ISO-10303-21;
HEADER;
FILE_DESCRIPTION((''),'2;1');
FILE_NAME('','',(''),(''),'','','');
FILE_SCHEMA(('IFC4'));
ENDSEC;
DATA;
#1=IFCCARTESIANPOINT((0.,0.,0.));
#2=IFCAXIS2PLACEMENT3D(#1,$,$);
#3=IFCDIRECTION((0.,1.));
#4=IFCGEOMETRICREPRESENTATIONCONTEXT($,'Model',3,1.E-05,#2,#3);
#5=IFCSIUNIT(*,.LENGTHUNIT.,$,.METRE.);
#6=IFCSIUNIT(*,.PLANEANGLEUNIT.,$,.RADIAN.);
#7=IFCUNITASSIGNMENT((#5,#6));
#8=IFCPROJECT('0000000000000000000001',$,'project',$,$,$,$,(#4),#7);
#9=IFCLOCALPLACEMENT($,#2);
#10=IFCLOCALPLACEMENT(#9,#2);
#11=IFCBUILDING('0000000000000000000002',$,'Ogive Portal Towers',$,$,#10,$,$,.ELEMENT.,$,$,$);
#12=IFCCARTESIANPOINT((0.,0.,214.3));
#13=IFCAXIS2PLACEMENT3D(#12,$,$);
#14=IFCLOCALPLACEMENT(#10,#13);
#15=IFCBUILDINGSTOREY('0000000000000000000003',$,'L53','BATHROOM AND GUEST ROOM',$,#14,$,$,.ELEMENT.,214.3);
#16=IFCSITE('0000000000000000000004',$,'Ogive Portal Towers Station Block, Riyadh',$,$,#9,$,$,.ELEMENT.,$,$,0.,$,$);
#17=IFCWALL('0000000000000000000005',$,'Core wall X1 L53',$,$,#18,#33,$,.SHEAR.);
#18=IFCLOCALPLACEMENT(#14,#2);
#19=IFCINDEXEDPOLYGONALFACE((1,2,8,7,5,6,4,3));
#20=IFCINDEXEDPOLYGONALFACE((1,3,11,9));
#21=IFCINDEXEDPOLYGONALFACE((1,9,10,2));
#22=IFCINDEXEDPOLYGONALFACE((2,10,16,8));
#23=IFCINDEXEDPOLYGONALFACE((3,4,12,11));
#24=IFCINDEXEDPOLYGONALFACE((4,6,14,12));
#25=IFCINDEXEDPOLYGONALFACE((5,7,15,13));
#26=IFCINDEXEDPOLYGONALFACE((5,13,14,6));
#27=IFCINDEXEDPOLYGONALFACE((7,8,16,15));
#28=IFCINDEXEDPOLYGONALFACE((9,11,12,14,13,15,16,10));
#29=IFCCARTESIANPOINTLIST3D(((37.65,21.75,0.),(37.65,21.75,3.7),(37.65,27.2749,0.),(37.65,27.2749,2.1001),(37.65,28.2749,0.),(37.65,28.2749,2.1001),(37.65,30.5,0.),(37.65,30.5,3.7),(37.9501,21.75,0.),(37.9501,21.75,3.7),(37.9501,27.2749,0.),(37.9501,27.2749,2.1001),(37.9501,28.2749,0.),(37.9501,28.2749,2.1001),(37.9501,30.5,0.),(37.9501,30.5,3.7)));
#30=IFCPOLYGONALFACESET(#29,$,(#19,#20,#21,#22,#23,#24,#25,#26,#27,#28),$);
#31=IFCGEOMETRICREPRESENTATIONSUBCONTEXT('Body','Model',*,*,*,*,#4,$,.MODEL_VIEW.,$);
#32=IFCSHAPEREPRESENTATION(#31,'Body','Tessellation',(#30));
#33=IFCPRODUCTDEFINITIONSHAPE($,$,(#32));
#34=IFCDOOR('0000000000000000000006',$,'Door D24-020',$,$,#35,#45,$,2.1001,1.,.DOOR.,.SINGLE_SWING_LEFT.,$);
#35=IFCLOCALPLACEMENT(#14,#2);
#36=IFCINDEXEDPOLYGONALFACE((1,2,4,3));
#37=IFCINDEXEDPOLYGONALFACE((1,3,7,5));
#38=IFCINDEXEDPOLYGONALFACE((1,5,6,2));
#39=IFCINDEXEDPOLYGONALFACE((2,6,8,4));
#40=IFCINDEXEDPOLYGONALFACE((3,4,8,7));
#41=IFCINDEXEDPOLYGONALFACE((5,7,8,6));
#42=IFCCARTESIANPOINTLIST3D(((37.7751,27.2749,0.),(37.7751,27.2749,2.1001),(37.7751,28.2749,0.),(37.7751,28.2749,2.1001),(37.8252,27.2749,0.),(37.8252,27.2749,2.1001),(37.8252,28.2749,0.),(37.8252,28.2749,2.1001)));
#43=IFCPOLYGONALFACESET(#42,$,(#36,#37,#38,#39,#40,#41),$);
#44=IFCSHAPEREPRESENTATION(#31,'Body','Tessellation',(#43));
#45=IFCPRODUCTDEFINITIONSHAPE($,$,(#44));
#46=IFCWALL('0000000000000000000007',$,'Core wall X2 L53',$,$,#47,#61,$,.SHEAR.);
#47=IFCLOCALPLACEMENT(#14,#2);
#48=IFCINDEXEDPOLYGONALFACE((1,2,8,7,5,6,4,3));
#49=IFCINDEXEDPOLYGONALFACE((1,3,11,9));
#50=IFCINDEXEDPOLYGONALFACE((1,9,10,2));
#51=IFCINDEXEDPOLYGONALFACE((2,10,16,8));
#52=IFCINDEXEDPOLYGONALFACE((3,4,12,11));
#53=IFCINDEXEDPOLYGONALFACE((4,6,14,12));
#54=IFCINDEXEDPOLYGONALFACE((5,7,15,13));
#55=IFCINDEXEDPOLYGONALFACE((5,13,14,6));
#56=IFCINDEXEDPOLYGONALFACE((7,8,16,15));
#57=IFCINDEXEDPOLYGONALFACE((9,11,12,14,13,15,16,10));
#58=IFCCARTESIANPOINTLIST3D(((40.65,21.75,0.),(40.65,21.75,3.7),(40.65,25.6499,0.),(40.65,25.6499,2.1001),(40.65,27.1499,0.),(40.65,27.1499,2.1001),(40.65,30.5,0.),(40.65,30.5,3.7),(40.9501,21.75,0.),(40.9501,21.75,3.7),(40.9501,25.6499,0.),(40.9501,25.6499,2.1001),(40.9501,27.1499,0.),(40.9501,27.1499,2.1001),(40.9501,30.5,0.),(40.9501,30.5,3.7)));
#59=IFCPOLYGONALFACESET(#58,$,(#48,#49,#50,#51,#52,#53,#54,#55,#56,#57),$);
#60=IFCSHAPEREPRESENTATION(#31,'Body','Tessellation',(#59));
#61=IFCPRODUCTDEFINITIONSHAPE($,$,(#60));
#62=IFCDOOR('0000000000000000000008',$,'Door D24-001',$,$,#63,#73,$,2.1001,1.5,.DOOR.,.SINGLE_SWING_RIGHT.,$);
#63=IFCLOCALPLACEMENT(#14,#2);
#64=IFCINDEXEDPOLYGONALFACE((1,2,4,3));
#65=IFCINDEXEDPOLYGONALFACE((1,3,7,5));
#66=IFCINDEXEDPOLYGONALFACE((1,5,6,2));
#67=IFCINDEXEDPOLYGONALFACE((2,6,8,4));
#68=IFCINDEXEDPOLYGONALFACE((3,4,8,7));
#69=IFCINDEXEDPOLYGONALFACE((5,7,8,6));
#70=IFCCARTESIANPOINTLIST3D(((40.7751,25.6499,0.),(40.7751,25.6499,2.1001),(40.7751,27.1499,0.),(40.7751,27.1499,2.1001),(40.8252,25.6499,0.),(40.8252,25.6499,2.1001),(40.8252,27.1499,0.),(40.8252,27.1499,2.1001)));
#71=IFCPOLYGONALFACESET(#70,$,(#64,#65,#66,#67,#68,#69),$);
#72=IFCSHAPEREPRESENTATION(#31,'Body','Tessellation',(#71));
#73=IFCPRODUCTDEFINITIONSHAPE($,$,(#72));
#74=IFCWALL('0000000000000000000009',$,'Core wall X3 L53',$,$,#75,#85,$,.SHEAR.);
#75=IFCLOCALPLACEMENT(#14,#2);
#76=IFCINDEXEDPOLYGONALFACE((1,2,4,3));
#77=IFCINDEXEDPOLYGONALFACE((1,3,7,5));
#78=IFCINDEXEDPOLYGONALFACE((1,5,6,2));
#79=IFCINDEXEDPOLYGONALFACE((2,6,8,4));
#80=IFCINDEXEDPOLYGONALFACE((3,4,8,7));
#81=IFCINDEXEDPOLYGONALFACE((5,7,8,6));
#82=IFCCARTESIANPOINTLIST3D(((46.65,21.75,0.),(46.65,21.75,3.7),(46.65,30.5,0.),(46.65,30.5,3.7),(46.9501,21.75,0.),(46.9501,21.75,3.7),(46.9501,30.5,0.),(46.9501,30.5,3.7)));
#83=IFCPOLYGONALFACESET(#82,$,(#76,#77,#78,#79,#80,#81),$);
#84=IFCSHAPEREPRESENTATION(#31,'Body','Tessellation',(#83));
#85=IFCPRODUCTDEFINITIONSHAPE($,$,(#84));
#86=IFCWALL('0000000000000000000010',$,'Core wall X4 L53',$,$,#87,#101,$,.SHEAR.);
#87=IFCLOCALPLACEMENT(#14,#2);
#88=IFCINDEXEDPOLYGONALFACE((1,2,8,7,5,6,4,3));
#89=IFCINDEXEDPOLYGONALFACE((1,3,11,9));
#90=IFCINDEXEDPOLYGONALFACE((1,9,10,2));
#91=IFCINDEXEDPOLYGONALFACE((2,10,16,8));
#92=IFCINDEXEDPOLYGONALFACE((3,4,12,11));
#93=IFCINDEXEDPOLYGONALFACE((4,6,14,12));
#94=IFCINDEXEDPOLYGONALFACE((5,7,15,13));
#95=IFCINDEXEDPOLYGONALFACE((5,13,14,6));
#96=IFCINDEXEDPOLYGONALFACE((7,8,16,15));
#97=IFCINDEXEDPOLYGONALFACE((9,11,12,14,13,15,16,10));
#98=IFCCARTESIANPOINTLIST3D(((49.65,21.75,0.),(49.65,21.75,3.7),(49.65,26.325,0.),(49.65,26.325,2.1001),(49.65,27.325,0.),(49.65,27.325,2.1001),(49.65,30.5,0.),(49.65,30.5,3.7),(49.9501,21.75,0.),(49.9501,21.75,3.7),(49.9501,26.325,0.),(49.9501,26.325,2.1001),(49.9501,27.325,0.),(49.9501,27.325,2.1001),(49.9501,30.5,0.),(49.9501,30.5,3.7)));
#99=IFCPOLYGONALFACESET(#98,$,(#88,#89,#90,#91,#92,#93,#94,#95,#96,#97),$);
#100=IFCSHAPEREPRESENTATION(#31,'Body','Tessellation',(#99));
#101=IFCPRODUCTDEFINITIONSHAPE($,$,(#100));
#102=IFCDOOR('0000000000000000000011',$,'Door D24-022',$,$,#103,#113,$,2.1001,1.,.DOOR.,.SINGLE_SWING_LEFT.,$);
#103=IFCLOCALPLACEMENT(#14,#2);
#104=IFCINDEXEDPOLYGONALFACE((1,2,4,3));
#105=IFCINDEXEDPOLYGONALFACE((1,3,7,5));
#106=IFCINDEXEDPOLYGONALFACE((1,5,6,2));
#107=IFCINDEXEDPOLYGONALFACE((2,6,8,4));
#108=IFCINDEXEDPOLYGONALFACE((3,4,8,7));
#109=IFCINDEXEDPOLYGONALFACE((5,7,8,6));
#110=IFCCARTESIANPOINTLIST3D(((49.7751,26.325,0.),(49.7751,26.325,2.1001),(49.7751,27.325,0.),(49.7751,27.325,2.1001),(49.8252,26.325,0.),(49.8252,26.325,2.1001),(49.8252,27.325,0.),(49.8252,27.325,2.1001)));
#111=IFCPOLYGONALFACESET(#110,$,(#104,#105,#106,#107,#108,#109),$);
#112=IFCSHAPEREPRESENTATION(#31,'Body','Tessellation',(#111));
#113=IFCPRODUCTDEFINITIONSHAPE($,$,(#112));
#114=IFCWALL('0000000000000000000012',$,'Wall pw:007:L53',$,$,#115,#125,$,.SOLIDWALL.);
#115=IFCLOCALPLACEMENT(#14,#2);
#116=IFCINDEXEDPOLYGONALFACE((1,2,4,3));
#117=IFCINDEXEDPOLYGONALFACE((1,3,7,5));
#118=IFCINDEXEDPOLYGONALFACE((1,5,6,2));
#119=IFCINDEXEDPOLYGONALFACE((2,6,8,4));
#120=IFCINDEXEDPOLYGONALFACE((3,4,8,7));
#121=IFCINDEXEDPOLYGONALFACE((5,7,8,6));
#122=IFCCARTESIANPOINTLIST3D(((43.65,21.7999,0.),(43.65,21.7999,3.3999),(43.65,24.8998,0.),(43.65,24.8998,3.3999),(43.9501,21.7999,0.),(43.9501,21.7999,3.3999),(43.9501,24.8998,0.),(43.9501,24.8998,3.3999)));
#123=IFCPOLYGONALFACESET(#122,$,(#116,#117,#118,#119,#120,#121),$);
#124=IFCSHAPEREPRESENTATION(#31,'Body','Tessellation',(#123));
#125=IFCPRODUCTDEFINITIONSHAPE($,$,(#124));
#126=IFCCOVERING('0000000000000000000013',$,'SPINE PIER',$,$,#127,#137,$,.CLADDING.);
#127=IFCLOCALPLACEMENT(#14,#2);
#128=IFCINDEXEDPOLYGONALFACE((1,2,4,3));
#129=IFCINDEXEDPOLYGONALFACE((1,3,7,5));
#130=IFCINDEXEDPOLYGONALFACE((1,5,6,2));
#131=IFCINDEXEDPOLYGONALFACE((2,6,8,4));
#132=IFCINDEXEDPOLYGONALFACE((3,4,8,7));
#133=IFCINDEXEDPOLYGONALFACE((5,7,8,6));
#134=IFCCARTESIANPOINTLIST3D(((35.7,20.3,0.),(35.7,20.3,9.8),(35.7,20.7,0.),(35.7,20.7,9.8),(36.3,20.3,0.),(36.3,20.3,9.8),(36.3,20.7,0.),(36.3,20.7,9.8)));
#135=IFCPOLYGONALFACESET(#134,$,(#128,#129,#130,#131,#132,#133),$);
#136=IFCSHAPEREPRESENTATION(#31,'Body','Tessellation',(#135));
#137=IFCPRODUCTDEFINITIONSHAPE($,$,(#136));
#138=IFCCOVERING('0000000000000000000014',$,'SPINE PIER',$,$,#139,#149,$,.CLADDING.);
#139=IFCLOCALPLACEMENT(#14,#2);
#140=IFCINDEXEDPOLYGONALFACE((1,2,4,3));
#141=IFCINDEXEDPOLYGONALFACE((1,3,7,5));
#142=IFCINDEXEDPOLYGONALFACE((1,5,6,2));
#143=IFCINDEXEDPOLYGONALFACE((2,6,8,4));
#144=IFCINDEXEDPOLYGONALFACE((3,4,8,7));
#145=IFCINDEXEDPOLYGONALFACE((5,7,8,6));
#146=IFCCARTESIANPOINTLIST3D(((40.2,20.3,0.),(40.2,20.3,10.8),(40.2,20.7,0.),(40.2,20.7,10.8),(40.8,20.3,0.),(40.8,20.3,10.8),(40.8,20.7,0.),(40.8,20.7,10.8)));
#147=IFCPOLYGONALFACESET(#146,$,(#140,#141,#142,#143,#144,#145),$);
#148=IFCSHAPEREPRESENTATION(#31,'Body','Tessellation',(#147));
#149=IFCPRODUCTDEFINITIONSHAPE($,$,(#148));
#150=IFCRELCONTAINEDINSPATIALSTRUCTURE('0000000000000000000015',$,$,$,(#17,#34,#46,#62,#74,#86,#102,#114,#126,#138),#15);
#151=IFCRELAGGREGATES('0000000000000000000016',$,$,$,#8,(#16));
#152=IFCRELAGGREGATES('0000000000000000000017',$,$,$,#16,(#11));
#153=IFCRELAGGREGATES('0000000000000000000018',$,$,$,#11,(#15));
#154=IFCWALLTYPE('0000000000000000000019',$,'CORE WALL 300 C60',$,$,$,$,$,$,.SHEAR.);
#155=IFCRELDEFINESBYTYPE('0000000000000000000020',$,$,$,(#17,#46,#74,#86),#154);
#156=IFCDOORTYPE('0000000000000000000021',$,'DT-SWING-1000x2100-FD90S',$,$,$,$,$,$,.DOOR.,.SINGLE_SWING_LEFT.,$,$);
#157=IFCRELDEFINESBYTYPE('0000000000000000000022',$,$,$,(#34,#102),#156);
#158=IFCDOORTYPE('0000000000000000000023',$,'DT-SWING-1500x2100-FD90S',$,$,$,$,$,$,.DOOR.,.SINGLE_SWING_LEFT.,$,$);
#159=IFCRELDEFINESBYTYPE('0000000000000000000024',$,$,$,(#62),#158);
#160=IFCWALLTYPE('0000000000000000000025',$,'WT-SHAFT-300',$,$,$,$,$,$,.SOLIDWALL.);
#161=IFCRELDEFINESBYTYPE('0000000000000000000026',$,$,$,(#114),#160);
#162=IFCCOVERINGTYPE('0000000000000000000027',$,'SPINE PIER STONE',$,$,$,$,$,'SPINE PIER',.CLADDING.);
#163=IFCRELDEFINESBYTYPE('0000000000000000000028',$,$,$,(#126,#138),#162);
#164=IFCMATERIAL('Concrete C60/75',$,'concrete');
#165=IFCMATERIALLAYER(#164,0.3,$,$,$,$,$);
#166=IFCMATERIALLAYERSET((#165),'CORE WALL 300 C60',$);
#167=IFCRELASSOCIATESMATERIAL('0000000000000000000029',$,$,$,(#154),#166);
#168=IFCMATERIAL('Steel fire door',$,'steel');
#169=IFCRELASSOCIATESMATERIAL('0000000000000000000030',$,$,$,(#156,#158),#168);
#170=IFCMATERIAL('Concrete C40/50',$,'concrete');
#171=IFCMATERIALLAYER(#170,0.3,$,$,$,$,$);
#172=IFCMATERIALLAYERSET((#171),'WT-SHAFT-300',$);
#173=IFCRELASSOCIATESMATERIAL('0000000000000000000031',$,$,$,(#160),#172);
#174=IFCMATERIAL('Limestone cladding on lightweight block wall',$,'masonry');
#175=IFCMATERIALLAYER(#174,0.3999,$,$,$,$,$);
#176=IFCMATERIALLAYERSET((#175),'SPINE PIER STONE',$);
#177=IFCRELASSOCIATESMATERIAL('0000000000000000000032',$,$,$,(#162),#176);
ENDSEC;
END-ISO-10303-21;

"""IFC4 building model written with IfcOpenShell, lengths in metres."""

from ifc_helpers import new_model, si_unit, direction, frame, frame_2d, origin, origin_2d, place, context, subcontext, project, spatial, rectangle, extrude, material, layer, layer_set, type_object, element, fill, save


model = new_model("IFC4")

# Units and contexts
model_context = context("Model", 3, precision=1e-05, world=origin(), true_north=direction((0.0, 1.0)))
body_context = subcontext(model_context, "Body", "Model", "MODEL_VIEW")
ifc_project = project(units=[si_unit("LENGTHUNIT", "METRE"), si_unit("PLANEANGLEUNIT", "RADIAN")], contexts=[model_context])

# Site, building, storey
site_placement = place(None, origin())
site = spatial("IfcSite", under=ifc_project, at=site_placement, Name="Ogive Portal Towers Station Block, Riyadh", CompositionType="ELEMENT", RefElevation=0.0)
building_placement = place(site_placement, origin())
building = spatial("IfcBuilding", under=site, at=building_placement, Name="Ogive Portal Towers", CompositionType="ELEMENT")
storey_placement = place(building_placement, frame((0.0, 0.0, 214.3)))
storey = spatial("IfcBuildingStorey", under=building, at=storey_placement, Name="L53", Description="BATHROOM AND GUEST ROOM", CompositionType="ELEMENT", Elevation=214.3)

# Walls, openings, doors
ifc_material_1 = material(Name="Concrete C60/75", Category="concrete")
ifc_layer_1 = layer(ifc_material_1, 0.3)
ifc_layer_set_1 = layer_set([ifc_layer_1], Name="CORE WALL 300 C60")
wall_type_1 = type_object("IfcWallType", Name="CORE WALL 300 C60", PredefinedType="SHEAR", material=ifc_layer_set_1)
wall_1_placement = place(storey_placement, frame((37.8, 21.75, 0.0), z_axis=(0.0, 0.0, 1.0), x_axis=(0.0, 1.0, 0.0)))
wall_1 = element("IfcWall", 1, at=wall_1_placement, inside=storey, type_object=wall_type_1, Name="Core wall X1 L53", PredefinedType="SHEAR", context=body_context, shape_type="SweptSolid", body=[
    extrude(rectangle(XDim=8.75, YDim=0.3, at=frame_2d((4.375, 0.0))), origin(), (0.0, 0.0, 1.0), 3.7),
])
opening_1_placement = place(wall_1_placement, frame((5.5249, 0.0, 0.0)))
opening_1 = element("IfcOpeningElement", 2, at=opening_1_placement, cuts=wall_1, PredefinedType="OPENING", context=body_context, shape_type="SweptSolid", body=[
    extrude(rectangle(XDim=1.0, YDim=2.1001, at=frame_2d((0.5, 1.05))), frame((0.0, 0.1602, 0.0), z_axis=(0.0, -1.0, 0.0), x_axis=(1.0, 0.0, 0.0)), (0.0, 0.0, 1.0), 0.3201),
])
ifc_material_2 = material(Name="Steel fire door", Category="steel")
door_type_1 = type_object("IfcDoorType", Name="DT-SWING-1000x2100-FD90S", OperationType="SINGLE_SWING_LEFT", PredefinedType="DOOR", material=ifc_material_2)
door_1_placement = place(opening_1_placement, origin())
door_1 = element("IfcDoor", 3, at=door_1_placement, inside=storey, type_object=door_type_1, Name="Door D24-020", OperationType="SINGLE_SWING_LEFT", OverallHeight=2.1001, OverallWidth=1.0, PredefinedType="DOOR", context=body_context, shape_type="SweptSolid", body=[
    extrude(rectangle(XDim=1.0, YDim=2.1001, at=frame_2d((0.5, 1.05))), frame((0.0, 0.0249, 0.0), z_axis=(0.0, -1.0, 0.0), x_axis=(1.0, 0.0, 0.0)), (0.0, 0.0, 1.0), 0.05),
])
fill(opening_1, door_1)
wall_2_placement = place(storey_placement, frame((40.8, 21.75, 0.0), z_axis=(0.0, 0.0, 1.0), x_axis=(0.0, 1.0, 0.0)))
wall_2 = element("IfcWall", 4, at=wall_2_placement, inside=storey, type_object=wall_type_1, Name="Core wall X2 L53", PredefinedType="SHEAR", context=body_context, shape_type="SweptSolid", body=[
    extrude(rectangle(XDim=8.75, YDim=0.3, at=frame_2d((4.375, 0.0))), origin(), (0.0, 0.0, 1.0), 3.7),
])
opening_2_placement = place(wall_2_placement, frame((3.8999, 0.0, 0.0)))
opening_2 = element("IfcOpeningElement", 5, at=opening_2_placement, cuts=wall_2, PredefinedType="OPENING", context=body_context, shape_type="SweptSolid", body=[
    extrude(rectangle(XDim=1.5, YDim=2.1001, at=frame_2d((0.75, 1.05))), frame((0.0, 0.1602, 0.0), z_axis=(0.0, -1.0, 0.0), x_axis=(1.0, 0.0, 0.0)), (0.0, 0.0, 1.0), 0.3201),
])
door_type_2 = type_object("IfcDoorType", Name="DT-SWING-1500x2100-FD90S", OperationType="SINGLE_SWING_LEFT", PredefinedType="DOOR", material=ifc_material_2)
door_2_placement = place(opening_2_placement, origin())
door_2 = element("IfcDoor", 6, at=door_2_placement, inside=storey, type_object=door_type_2, Name="Door D24-001", OperationType="SINGLE_SWING_RIGHT", OverallHeight=2.1001, OverallWidth=1.5, PredefinedType="DOOR", context=body_context, shape_type="SweptSolid", body=[
    extrude(rectangle(XDim=1.5, YDim=2.1001, at=frame_2d((0.75, 1.05))), frame((0.0, 0.0249, 0.0), z_axis=(0.0, -1.0, 0.0), x_axis=(1.0, 0.0, 0.0)), (0.0, 0.0, 1.0), 0.05),
])
fill(opening_2, door_2)

# Wall
wall_3_placement = place(storey_placement, frame((46.8, 21.75, 0.0), z_axis=(0.0, 0.0, 1.0), x_axis=(0.0, 1.0, 0.0)))
element("IfcWall", 7, at=wall_3_placement, inside=storey, type_object=wall_type_1, Name="Core wall X3 L53", PredefinedType="SHEAR", context=body_context, shape_type="SweptSolid", body=[
    extrude(rectangle(XDim=8.75, YDim=0.3, at=frame_2d((4.375, 0.0))), origin(), (0.0, 0.0, 1.0), 3.7),
])

# Wall, opening, door
wall_4_placement = place(storey_placement, frame((49.8, 21.75, 0.0), z_axis=(0.0, 0.0, 1.0), x_axis=(0.0, 1.0, 0.0)))
wall_4 = element("IfcWall", 8, at=wall_4_placement, inside=storey, type_object=wall_type_1, Name="Core wall X4 L53", PredefinedType="SHEAR", context=body_context, shape_type="SweptSolid", body=[
    extrude(rectangle(XDim=8.75, YDim=0.3, at=frame_2d((4.375, 0.0))), origin(), (0.0, 0.0, 1.0), 3.7),
])
opening_3_placement = place(wall_4_placement, frame((4.575, 0.0, 0.0)))
opening_3 = element("IfcOpeningElement", 9, at=opening_3_placement, cuts=wall_4, PredefinedType="OPENING", context=body_context, shape_type="SweptSolid", body=[
    extrude(rectangle(XDim=1.0, YDim=2.1001, at=frame_2d((0.5, 1.05))), frame((0.0, 0.1602, 0.0), z_axis=(0.0, -1.0, 0.0), x_axis=(1.0, 0.0, 0.0)), (0.0, 0.0, 1.0), 0.3201),
])
door_3_placement = place(opening_3_placement, origin())
door_3 = element("IfcDoor", 10, at=door_3_placement, inside=storey, type_object=door_type_1, Name="Door D24-022", OperationType="SINGLE_SWING_LEFT", OverallHeight=2.1001, OverallWidth=1.0, PredefinedType="DOOR", context=body_context, shape_type="SweptSolid", body=[
    extrude(rectangle(XDim=1.0, YDim=2.1001, at=frame_2d((0.5, 1.05))), frame((0.0, 0.0249, 0.0), z_axis=(0.0, -1.0, 0.0), x_axis=(1.0, 0.0, 0.0)), (0.0, 0.0, 1.0), 0.05),
])
fill(opening_3, door_3)

# Shared definitions
ifc_material_3 = material(Name="Concrete C40/50", Category="concrete")
ifc_layer_2 = layer(ifc_material_3, 0.3)
ifc_layer_set_2 = layer_set([ifc_layer_2], Name="WT-SHAFT-300")
wall_type_2 = type_object("IfcWallType", Name="WT-SHAFT-300", PredefinedType="SOLIDWALL", material=ifc_layer_set_2)

# Wall
wall_5_placement = place(storey_placement, frame((43.8, 21.8, 0.0), z_axis=(0.0, 0.0, 1.0), x_axis=(0.0, 1.0, 0.0)))
element("IfcWall", 11, at=wall_5_placement, inside=storey, type_object=wall_type_2, Name="Wall pw:007:L53", PredefinedType="SOLIDWALL", context=body_context, shape_type="SweptSolid", body=[
    extrude(rectangle(XDim=3.0999, YDim=0.3, at=frame_2d((1.5498, 0.0))), origin(), (0.0, 0.0, 1.0), 3.3999),
])

# Coverings
ifc_material_4 = material(Name="Limestone cladding on lightweight block wall", Category="masonry")
ifc_layer_3 = layer(ifc_material_4, 0.3999)
ifc_layer_set_3 = layer_set([ifc_layer_3], Name="SPINE PIER STONE")
covering_type = type_object("IfcCoveringType", Name="SPINE PIER STONE", ElementType="SPINE PIER", PredefinedType="CLADDING", material=ifc_layer_set_3)
covering_1_placement = place(storey_placement, frame((36.0, 20.5, 0.0), z_axis=(0.0, 0.0, 1.0), x_axis=(1.0, 0.0, 0.0)))
element("IfcCovering", 12, at=covering_1_placement, inside=storey, type_object=covering_type, Name="SPINE PIER", PredefinedType="CLADDING", context=body_context, shape_type="SweptSolid", body=[
    extrude(rectangle(XDim=0.6001, YDim=0.3999, at=origin_2d()), origin(), (0.0, 0.0, 1.0), 9.8),
])
covering_2_placement = place(storey_placement, frame((40.5, 20.5, 0.0), z_axis=(0.0, 0.0, 1.0), x_axis=(1.0, 0.0, 0.0)))
element("IfcCovering", 13, at=covering_2_placement, inside=storey, type_object=covering_type, Name="SPINE PIER", PredefinedType="CLADDING", context=body_context, shape_type="SweptSolid", body=[
    extrude(rectangle(XDim=0.6001, YDim=0.3999, at=origin_2d()), origin(), (0.0, 0.0, 1.0), 10.8),
])

save(model, "model.ifc")
